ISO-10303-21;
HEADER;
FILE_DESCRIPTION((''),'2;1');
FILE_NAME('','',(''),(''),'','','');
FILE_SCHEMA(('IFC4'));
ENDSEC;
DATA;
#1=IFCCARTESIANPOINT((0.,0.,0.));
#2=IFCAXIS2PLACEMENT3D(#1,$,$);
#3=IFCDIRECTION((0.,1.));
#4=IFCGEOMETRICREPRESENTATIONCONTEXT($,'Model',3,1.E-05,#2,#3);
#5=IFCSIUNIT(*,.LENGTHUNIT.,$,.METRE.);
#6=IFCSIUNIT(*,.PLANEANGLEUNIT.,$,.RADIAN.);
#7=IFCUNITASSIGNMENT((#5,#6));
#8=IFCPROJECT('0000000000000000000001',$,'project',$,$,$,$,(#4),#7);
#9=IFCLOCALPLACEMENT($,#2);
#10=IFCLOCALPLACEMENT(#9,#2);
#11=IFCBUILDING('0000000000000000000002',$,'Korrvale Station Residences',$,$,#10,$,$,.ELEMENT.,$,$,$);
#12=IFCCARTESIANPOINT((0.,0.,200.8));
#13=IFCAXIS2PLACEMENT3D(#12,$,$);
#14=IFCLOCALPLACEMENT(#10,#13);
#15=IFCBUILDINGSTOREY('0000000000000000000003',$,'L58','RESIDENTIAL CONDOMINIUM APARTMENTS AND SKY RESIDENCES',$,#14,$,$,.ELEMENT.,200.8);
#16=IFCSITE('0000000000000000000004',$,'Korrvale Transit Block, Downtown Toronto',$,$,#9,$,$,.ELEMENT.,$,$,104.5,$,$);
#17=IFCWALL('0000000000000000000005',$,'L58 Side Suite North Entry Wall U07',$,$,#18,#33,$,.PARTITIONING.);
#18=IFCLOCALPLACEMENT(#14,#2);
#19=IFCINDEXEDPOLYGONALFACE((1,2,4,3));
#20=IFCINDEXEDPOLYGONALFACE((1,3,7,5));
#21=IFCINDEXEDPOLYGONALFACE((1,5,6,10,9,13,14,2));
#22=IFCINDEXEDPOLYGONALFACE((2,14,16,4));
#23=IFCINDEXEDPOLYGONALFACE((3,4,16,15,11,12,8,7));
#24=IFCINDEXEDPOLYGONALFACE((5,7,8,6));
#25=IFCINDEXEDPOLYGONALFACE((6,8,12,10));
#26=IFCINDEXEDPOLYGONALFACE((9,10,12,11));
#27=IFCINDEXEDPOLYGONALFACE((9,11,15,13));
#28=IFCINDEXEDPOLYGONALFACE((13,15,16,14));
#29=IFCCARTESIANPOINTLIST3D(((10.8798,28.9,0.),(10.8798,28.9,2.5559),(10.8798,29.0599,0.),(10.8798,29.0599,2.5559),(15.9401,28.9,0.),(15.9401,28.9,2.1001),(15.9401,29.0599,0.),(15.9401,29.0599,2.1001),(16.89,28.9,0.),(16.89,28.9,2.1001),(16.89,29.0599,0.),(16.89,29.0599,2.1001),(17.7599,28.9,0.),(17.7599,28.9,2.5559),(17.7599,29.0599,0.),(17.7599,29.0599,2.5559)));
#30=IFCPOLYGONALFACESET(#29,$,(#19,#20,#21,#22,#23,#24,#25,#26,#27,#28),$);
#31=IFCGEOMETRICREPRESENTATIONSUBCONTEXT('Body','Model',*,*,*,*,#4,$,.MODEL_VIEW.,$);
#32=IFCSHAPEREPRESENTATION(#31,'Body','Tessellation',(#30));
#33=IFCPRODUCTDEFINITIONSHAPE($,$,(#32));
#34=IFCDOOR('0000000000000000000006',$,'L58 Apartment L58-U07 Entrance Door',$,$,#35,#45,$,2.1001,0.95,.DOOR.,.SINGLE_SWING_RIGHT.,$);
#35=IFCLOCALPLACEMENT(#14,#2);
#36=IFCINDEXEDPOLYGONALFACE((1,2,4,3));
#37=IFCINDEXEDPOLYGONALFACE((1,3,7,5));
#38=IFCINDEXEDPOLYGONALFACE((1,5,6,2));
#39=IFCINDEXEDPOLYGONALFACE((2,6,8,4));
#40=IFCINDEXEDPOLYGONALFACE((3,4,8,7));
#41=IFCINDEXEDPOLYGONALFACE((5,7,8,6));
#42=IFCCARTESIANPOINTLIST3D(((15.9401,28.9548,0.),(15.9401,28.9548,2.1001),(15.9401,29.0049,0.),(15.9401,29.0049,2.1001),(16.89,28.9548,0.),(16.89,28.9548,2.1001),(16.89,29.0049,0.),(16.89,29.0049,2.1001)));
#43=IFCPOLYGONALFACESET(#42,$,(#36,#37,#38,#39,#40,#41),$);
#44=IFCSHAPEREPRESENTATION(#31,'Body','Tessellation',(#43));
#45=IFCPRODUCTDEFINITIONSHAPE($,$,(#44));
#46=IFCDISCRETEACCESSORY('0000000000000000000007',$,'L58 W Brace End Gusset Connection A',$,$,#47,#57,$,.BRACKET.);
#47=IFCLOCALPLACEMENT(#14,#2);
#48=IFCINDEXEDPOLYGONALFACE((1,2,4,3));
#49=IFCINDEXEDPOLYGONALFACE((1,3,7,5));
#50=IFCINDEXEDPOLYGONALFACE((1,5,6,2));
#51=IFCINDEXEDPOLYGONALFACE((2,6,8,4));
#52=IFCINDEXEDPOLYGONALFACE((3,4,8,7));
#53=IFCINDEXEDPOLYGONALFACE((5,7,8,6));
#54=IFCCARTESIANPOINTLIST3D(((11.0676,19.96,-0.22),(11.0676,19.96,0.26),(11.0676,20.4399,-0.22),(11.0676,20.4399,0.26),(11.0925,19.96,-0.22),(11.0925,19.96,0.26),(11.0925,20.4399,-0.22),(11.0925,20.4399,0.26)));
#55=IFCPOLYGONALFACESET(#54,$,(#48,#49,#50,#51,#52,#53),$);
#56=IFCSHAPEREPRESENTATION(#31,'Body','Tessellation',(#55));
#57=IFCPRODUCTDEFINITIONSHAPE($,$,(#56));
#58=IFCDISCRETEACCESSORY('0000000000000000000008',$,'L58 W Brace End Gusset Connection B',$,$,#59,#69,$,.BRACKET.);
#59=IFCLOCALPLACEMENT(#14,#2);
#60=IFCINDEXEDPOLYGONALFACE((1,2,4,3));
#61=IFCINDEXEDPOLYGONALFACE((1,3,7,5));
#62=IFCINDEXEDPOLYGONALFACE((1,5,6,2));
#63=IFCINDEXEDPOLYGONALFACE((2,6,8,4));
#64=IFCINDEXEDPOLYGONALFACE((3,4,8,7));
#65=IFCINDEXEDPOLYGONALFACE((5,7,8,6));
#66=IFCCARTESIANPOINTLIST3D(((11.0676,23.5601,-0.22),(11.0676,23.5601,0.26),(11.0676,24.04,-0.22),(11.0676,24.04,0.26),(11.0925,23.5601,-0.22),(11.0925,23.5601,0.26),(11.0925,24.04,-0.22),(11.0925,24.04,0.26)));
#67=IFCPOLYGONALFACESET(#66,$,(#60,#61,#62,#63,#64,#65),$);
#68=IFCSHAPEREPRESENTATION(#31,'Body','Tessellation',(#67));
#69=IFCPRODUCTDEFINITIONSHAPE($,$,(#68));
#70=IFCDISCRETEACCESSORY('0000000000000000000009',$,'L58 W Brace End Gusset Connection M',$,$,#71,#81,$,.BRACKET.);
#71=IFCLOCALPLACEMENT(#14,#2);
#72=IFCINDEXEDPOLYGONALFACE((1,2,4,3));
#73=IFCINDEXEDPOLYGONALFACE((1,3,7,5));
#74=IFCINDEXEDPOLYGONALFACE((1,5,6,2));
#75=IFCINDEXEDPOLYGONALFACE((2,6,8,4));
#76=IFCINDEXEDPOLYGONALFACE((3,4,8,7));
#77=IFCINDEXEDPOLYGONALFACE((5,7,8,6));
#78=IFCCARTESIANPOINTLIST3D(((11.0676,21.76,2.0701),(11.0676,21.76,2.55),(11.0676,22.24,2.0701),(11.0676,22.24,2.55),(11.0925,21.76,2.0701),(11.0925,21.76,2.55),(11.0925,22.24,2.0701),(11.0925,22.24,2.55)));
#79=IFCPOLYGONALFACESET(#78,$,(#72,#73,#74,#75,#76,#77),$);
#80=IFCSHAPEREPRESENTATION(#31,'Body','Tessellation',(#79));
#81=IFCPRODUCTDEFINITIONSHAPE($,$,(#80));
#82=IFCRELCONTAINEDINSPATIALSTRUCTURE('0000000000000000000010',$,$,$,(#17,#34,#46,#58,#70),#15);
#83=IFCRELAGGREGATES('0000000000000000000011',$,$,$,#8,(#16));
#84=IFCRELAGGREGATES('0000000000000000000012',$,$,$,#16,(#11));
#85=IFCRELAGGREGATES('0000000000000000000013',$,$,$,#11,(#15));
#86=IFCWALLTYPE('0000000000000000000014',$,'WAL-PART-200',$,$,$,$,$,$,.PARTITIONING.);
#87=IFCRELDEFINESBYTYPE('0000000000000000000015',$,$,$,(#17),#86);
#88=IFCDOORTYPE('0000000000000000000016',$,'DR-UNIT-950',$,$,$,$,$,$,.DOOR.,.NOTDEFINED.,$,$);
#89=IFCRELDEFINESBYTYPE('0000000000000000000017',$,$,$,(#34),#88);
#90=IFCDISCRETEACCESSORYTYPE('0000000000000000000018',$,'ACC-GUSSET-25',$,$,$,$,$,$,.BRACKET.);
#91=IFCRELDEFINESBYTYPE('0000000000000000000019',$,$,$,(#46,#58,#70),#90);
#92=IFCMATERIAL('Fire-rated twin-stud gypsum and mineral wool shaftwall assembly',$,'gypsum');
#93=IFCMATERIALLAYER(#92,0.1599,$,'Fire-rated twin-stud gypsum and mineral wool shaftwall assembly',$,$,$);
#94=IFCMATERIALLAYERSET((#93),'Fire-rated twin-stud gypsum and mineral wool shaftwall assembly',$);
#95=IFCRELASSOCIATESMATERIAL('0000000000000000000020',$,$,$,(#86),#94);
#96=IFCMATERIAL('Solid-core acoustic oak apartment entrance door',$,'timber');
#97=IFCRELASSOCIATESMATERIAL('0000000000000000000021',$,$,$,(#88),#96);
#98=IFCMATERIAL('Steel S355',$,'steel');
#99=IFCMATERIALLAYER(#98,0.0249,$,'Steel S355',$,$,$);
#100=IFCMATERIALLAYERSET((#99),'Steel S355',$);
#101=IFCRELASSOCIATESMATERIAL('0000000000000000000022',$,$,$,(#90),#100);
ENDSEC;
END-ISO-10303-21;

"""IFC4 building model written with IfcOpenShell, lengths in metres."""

from ifc_helpers import new_model, si_unit, direction, frame, frame_2d, origin, origin_2d, place, context, subcontext, project, spatial, rectangle, extrude, material, layer, layer_set, type_object, element, fill, save


model = new_model("IFC4")

# Units and contexts
model_context = context("Model", 3, precision=1e-05, world=origin(), true_north=direction((0.0, 1.0)))
body_context = subcontext(model_context, "Body", "Model", "MODEL_VIEW")
ifc_project = project(units=[si_unit("LENGTHUNIT", "METRE"), si_unit("PLANEANGLEUNIT", "RADIAN")], contexts=[model_context])

# Site, building, storey
site_placement = place(None, origin())
site = spatial("IfcSite", under=ifc_project, at=site_placement, Name="Korrvale Transit Block, Downtown Toronto", CompositionType="ELEMENT", RefElevation=104.5)
building_placement = place(site_placement, origin())
building = spatial("IfcBuilding", under=site, at=building_placement, Name="Korrvale Station Residences", CompositionType="ELEMENT")
storey_placement = place(building_placement, frame((0.0, 0.0, 200.8)))
storey = spatial("IfcBuildingStorey", under=building, at=storey_placement, Name="L58", Description="RESIDENTIAL CONDOMINIUM APARTMENTS AND SKY RESIDENCES", CompositionType="ELEMENT", Elevation=200.8)

# Shared definitions
ifc_material_1 = material(Name="Steel S355", Category="steel")

# Shared definitions
ifc_material_2 = material(Name="Fire-rated twin-stud gypsum and mineral wool shaftwall assembly", Category="gypsum")
ifc_layer_1 = layer(ifc_material_2, 0.1599, Name="Fire-rated twin-stud gypsum and mineral wool shaftwall assembly")
ifc_layer_set_1 = layer_set([ifc_layer_1], Name="Fire-rated twin-stud gypsum and mineral wool shaftwall assembly")
wall_type_1 = type_object("IfcWallType", Name="WAL-PART-200", PredefinedType="PARTITIONING", material=ifc_layer_set_1)

# Wall, opening, door
wall_1_placement = place(storey_placement, frame((10.8799, 28.98, 0.0), z_axis=(0.0, 0.0, 1.0), x_axis=(1.0, 0.0, 0.0)))
wall_1 = element("IfcWall", 1, at=wall_1_placement, inside=storey, type_object=wall_type_1, Name="L58 Side Suite North Entry Wall U07", PredefinedType="PARTITIONING", context=body_context, shape_type="SweptSolid", body=[
    extrude(rectangle(XDim=6.8801, YDim=0.1599, at=frame_2d((3.4399, 0.0))), origin(), (0.0, 0.0, 1.0), 2.5559),
])
opening_1_placement = place(wall_1_placement, frame((5.0601, 0.0, 0.0)))
opening_1 = element("IfcOpeningElement", 2, at=opening_1_placement, cuts=wall_1, PredefinedType="OPENING", context=body_context, shape_type="SweptSolid", body=[
    extrude(rectangle(XDim=0.95, YDim=2.1001, at=frame_2d((0.4751, 1.05))), frame((0.0, 0.0898, 0.0), z_axis=(0.0, -1.0, 0.0), x_axis=(1.0, 0.0, 0.0)), (0.0, 0.0, 1.0), 0.1799),
])
ifc_material_3 = material(Name="Solid-core acoustic oak apartment entrance door", Category="timber")
door_type_1 = type_object("IfcDoorType", Name="DR-UNIT-950", OperationType="NOTDEFINED", PredefinedType="DOOR", material=ifc_material_3)
door_1_placement = place(opening_1_placement, origin())
door_1 = element("IfcDoor", 3, at=door_1_placement, inside=storey, type_object=door_type_1, Name="L58 Apartment L58-U07 Entrance Door", OperationType="SINGLE_SWING_RIGHT", OverallHeight=2.1001, OverallWidth=0.95, PredefinedType="DOOR", context=body_context, shape_type="SweptSolid", body=[
    extrude(rectangle(XDim=0.95, YDim=2.1001, at=frame_2d((0.4751, 1.05))), frame((0.0, 0.0249, 0.0), z_axis=(0.0, -1.0, 0.0), x_axis=(1.0, 0.0, 0.0)), (0.0, 0.0, 1.0), 0.05),
])
fill(opening_1, door_1)

# Discrete accessories
ifc_layer_2 = layer(ifc_material_1, 0.0249, Name="Steel S355")
ifc_layer_set_2 = layer_set([ifc_layer_2], Name="Steel S355")
discrete_accessory_type = type_object("IfcDiscreteAccessoryType", Name="ACC-GUSSET-25", PredefinedType="BRACKET", material=ifc_layer_set_2)
for number, where, z_axis, x_axis, name in (
    (4, (11.0801, 20.2, -0.22), (0.0, 0.0, 1.0), (0.0, 1.0, 0.0), "L58 W Brace End Gusset Connection A"),
    (5, (11.0801, 23.8, -0.22), (0.0, 0.0, 1.0), (0.0, 1.0, 0.0), "L58 W Brace End Gusset Connection B"),
    (6, (11.0801, 22.0, 2.0701), (0.0, 0.0, 1.0), (0.0, 1.0, 0.0), "L58 W Brace End Gusset Connection M"),
):
    element("IfcDiscreteAccessory", number, at=place(storey_placement, frame(where, z_axis=z_axis, x_axis=x_axis)), inside=storey, type_object=discrete_accessory_type, Name=name, PredefinedType="BRACKET", context=body_context, shape_type="SweptSolid", body=[
        extrude(rectangle(XDim=0.48, YDim=0.0249, at=origin_2d()), origin(), (0.0, 0.0, 1.0), 0.48),
    ])

save(model, "model.ifc")
